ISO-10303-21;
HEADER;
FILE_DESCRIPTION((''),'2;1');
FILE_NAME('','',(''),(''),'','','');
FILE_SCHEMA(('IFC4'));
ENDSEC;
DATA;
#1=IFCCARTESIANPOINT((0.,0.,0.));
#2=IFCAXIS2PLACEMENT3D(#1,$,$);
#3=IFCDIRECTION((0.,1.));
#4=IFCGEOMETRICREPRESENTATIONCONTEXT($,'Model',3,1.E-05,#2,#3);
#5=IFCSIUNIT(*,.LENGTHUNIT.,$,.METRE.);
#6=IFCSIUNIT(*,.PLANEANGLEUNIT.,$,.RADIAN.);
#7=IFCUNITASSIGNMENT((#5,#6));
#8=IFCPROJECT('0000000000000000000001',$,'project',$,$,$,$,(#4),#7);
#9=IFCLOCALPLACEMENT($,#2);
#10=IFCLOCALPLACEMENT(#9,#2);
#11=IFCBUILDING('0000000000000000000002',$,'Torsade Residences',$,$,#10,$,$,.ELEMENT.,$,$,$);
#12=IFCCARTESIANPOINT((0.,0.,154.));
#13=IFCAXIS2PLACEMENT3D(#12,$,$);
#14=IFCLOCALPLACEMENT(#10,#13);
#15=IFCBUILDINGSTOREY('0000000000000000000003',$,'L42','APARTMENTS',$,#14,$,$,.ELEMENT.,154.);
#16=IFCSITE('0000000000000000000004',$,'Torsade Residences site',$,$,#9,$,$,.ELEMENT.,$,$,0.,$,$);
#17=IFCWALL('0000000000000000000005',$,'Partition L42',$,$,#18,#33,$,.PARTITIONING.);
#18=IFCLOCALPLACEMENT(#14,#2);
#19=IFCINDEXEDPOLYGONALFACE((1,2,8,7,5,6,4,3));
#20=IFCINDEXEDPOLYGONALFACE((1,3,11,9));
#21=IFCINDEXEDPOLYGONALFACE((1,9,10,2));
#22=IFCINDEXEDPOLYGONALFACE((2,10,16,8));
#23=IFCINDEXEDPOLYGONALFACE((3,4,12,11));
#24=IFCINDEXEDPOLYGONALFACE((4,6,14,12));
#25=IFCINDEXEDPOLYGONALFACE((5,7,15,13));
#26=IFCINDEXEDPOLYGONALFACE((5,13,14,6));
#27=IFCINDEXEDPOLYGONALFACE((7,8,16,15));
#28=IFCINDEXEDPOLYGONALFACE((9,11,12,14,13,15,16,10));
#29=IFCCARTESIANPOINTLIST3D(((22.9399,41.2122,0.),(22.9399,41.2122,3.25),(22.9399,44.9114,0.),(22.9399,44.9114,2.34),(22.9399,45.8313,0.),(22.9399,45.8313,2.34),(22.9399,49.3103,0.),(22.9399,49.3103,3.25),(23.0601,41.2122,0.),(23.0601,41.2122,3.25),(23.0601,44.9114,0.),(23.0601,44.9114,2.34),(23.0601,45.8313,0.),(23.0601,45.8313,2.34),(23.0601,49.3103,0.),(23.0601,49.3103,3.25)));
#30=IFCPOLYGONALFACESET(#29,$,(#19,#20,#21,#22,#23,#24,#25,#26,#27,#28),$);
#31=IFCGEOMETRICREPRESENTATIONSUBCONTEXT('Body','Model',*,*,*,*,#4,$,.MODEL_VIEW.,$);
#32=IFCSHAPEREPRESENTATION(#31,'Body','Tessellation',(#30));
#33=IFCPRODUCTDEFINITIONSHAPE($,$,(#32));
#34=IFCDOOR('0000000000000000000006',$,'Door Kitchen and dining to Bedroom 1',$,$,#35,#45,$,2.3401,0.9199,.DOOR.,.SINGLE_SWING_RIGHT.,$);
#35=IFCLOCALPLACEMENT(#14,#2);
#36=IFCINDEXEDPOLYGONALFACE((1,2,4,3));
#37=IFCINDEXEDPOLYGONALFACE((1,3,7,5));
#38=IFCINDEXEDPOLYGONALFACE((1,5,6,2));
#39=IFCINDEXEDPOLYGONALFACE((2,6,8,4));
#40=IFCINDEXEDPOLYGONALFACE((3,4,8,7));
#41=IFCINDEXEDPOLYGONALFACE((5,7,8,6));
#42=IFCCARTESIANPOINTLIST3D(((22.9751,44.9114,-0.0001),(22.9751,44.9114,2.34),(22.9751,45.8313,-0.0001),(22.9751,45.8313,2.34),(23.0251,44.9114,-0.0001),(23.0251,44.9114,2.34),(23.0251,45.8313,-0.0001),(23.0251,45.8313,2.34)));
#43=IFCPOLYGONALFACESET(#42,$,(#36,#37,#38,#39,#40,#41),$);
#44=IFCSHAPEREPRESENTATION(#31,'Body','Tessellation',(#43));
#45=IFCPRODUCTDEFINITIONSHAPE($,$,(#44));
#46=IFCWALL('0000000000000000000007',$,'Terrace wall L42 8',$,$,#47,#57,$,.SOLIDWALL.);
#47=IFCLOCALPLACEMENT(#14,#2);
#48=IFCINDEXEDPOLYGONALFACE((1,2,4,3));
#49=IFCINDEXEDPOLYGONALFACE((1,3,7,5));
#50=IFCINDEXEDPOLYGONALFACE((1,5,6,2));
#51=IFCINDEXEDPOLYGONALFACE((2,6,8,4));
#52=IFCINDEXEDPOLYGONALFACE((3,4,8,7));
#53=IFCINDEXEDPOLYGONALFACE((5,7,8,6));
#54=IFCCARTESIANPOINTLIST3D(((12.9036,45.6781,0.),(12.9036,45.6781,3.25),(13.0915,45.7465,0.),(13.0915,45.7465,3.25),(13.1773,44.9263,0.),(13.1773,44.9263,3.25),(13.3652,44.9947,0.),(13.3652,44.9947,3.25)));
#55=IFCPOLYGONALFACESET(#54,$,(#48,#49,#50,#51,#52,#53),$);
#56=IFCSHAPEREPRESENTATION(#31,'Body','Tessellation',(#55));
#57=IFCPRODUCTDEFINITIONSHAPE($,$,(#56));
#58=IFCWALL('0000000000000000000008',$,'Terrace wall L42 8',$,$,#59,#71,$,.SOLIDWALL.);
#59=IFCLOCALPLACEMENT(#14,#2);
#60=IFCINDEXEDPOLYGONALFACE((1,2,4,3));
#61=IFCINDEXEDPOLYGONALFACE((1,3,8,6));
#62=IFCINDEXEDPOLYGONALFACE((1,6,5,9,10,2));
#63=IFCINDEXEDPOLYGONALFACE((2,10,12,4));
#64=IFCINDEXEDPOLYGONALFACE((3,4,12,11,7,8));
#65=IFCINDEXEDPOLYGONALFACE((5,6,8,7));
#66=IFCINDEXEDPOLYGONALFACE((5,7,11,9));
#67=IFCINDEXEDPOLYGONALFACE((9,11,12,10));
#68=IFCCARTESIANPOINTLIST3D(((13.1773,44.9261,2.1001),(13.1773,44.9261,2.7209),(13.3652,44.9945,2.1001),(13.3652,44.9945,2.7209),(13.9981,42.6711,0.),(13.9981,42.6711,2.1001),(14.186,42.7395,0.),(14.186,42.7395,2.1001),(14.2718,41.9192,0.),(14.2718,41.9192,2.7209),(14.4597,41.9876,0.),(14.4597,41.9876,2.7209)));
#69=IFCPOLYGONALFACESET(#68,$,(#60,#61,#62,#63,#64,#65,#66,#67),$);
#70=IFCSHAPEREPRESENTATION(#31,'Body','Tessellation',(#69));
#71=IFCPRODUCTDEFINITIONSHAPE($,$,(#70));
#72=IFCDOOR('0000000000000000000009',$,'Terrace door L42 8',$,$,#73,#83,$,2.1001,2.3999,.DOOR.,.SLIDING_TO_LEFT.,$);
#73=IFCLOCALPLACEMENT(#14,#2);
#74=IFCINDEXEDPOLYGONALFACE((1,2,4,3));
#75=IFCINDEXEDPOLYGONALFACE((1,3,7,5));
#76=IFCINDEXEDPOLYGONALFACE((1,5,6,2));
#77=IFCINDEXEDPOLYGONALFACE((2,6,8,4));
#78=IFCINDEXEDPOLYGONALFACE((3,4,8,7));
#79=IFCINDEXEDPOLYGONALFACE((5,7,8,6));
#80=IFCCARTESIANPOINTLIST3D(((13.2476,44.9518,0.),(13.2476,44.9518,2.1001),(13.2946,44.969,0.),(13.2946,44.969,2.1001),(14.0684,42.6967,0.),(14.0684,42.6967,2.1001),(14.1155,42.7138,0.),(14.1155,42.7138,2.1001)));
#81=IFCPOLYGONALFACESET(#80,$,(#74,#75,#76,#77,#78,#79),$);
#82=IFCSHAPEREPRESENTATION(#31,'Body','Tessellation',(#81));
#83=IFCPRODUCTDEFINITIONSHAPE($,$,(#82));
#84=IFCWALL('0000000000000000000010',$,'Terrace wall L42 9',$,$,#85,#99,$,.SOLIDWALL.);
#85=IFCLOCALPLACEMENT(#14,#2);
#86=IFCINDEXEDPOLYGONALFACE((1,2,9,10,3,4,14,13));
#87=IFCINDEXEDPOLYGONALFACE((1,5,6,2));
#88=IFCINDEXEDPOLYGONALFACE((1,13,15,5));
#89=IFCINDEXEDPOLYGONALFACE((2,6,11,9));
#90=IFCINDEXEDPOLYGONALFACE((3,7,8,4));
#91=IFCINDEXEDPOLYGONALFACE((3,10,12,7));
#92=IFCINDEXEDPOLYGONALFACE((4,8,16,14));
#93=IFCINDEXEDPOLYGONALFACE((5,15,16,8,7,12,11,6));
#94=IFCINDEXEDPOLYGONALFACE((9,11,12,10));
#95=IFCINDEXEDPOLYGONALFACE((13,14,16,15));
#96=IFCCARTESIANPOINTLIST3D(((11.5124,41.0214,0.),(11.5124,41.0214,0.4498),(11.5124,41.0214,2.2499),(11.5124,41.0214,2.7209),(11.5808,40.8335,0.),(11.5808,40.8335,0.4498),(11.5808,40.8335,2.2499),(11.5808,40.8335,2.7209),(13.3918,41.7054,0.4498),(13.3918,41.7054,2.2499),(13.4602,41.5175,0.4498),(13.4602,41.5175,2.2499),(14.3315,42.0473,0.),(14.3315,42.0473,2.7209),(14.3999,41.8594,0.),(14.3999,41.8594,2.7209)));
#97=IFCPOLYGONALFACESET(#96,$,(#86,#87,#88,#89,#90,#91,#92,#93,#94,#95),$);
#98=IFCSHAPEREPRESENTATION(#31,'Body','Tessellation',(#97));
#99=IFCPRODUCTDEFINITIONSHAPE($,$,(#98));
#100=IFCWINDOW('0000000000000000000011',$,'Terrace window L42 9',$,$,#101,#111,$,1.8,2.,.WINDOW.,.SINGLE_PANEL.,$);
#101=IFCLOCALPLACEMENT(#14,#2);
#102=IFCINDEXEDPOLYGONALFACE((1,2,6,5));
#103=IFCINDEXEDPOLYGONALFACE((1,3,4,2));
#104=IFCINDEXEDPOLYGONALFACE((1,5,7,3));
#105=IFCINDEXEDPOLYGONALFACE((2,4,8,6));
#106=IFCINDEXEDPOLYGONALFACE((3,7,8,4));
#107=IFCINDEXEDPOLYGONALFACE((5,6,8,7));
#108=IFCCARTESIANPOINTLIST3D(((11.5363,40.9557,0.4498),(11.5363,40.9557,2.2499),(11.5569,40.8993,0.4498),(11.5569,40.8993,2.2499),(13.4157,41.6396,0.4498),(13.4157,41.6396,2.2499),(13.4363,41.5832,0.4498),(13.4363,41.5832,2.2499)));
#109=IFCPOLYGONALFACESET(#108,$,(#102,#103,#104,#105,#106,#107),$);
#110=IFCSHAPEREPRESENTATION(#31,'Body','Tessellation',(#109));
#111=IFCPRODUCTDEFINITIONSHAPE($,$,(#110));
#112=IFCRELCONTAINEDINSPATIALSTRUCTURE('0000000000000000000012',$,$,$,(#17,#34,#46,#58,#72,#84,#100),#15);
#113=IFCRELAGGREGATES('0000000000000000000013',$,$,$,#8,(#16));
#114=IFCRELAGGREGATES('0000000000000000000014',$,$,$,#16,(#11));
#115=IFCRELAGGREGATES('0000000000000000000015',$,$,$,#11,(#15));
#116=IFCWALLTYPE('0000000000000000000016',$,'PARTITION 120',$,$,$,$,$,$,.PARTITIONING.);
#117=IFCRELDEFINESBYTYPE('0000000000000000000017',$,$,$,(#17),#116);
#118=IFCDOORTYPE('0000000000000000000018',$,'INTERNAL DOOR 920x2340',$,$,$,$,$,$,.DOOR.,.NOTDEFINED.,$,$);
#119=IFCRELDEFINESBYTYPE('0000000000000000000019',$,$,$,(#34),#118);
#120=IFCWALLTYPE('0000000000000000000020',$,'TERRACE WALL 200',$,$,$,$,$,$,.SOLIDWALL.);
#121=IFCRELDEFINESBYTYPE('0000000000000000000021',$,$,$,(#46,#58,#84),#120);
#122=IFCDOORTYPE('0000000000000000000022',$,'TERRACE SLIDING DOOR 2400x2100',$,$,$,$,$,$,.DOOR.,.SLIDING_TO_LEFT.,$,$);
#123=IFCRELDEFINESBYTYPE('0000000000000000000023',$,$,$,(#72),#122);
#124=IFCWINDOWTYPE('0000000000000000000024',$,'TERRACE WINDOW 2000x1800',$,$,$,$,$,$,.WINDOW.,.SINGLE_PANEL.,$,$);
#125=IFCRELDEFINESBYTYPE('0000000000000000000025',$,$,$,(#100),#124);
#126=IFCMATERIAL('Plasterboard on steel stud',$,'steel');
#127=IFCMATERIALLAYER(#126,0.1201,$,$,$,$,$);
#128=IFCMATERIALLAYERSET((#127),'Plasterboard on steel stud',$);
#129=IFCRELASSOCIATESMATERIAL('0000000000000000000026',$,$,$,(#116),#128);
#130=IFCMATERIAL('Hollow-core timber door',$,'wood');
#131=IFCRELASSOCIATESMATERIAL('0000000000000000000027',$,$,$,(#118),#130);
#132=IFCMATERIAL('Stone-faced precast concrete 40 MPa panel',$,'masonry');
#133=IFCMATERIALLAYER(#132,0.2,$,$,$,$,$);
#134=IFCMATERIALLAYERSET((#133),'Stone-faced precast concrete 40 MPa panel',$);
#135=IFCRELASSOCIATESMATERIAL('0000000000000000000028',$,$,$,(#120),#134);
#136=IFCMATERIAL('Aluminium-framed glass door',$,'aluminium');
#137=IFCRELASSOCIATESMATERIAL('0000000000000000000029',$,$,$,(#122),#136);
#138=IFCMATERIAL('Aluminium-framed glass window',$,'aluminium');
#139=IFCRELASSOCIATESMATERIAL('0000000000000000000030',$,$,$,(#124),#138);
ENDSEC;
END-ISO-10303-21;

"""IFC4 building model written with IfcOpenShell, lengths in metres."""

from ifc_helpers import new_model, si_unit, direction, frame, frame_2d, origin, place, context, subcontext, project, spatial, rectangle, extrude, material, layer, layer_set, type_object, element, fill, save


model = new_model("IFC4")

# Units and contexts
model_context = context("Model", 3, precision=1e-05, world=origin(), true_north=direction((0.0, 1.0)))
body_context = subcontext(model_context, "Body", "Model", "MODEL_VIEW")
ifc_project = project(units=[si_unit("LENGTHUNIT", "METRE"), si_unit("PLANEANGLEUNIT", "RADIAN")], contexts=[model_context])

# Site, building, storey
site_placement = place(None, origin())
site = spatial("IfcSite", under=ifc_project, at=site_placement, Name="Torsade Residences site", CompositionType="ELEMENT", RefElevation=0.0)
building_placement = place(site_placement, origin())
building = spatial("IfcBuilding", under=site, at=building_placement, Name="Torsade Residences", CompositionType="ELEMENT")
storey_placement = place(building_placement, frame((0.0, 0.0, 154.0)))
storey = spatial("IfcBuildingStorey", under=building, at=storey_placement, Name="L42", Description="APARTMENTS", CompositionType="ELEMENT", Elevation=154.0)

# Shared definitions
ifc_material_1 = material(Name="Plasterboard on steel stud", Category="steel")
ifc_layer_1 = layer(ifc_material_1, 0.1201)
ifc_layer_set_1 = layer_set([ifc_layer_1], Name="Plasterboard on steel stud")
wall_type_1 = type_object("IfcWallType", Name="PARTITION 120", PredefinedType="PARTITIONING", material=ifc_layer_set_1)

# Wall, opening, door
ifc_material_2 = material(Name="Hollow-core timber door", Category="wood")
door_type_1 = type_object("IfcDoorType", Name="INTERNAL DOOR 920x2340", OperationType="NOTDEFINED", PredefinedType="DOOR", material=ifc_material_2)
wall_1_placement = place(storey_placement, frame((23.0, 41.2122, 0.0), z_axis=(0.0, 0.0, 1.0), x_axis=(0.0, 1.0, 0.0)))
wall_1 = element("IfcWall", 1, at=wall_1_placement, inside=storey, type_object=wall_type_1, Name="Partition L42", PredefinedType="PARTITIONING", context=body_context, shape_type="SweptSolid", body=[
    extrude(rectangle(XDim=8.0981, YDim=0.1201, at=frame_2d((4.0491, 0.0))), origin(), (0.0, 0.0, 1.0), 3.25),
])
opening_1_placement = place(wall_1_placement, frame((3.6992, 0.0, 0.0)))
opening_1 = element("IfcOpeningElement", 2, at=opening_1_placement, cuts=wall_1, PredefinedType="OPENING", context=body_context, shape_type="SweptSolid", body=[
    extrude(rectangle(XDim=0.9199, YDim=2.3401, at=frame_2d((0.46, 1.1699))), frame((0.0, 0.0701, 0.0), z_axis=(0.0, -1.0, 0.0), x_axis=(1.0, 0.0, 0.0)), (0.0, 0.0, 1.0), 0.1401),
])
door_1_placement = place(opening_1_placement, origin())
door_1 = element("IfcDoor", 3, at=door_1_placement, inside=storey, type_object=door_type_1, Name="Door Kitchen and dining to Bedroom 1", OperationType="SINGLE_SWING_RIGHT", OverallHeight=2.3401, OverallWidth=0.9199, PredefinedType="DOOR", context=body_context, shape_type="SweptSolid", body=[
    extrude(rectangle(XDim=0.9199, YDim=2.3401, at=frame_2d((0.46, 1.1699))), frame((0.0, 0.0249, 0.0), z_axis=(0.0, -1.0, 0.0), x_axis=(1.0, 0.0, 0.0)), (0.0, 0.0, 1.0), 0.05),
])
fill(opening_1, door_1)

# Wall
ifc_material_3 = material(Name="Stone-faced precast concrete 40 MPa panel", Category="masonry")
ifc_layer_2 = layer(ifc_material_3, 0.2)
ifc_layer_set_2 = layer_set([ifc_layer_2], Name="Stone-faced precast concrete 40 MPa panel")
wall_type_2 = type_object("IfcWallType", Name="TERRACE WALL 200", PredefinedType="SOLIDWALL", material=ifc_layer_set_2)
wall_2_placement = place(storey_placement, frame((12.9976, 45.7122, 0.0), z_axis=(0.0, 0.0, 1.0), x_axis=(0.342111, -0.93966, 0.0)))
element("IfcWall", 4, at=wall_2_placement, inside=storey, type_object=wall_type_2, Name="Terrace wall L42 8", PredefinedType="SOLIDWALL", context=body_context, shape_type="SweptSolid", body=[
    extrude(rectangle(XDim=0.8, YDim=0.2, at=frame_2d((0.3999, 0.0))), origin(), (0.0, 0.0, 1.0), 3.25),
])

# Wall, opening, door
wall_3_placement = place(storey_placement, frame((13.2712, 44.9604, 0.0), z_axis=(0.0, 0.0, 1.0), x_axis=(0.342019, -0.939693, 0.0)))
wall_3 = element("IfcWall", 5, at=wall_3_placement, inside=storey, type_object=wall_type_2, Name="Terrace wall L42 8", PredefinedType="SOLIDWALL", context=body_context, shape_type="SweptSolid", body=[
    extrude(rectangle(XDim=3.2, YDim=0.2, at=frame_2d((1.6001, 0.0))), origin(), (0.0, 0.0, 1.0), 2.7209),
])
opening_2_placement = place(wall_3_placement, origin())
opening_2 = element("IfcOpeningElement", 6, at=opening_2_placement, cuts=wall_3, PredefinedType="OPENING", context=body_context, shape_type="SweptSolid", body=[
    extrude(rectangle(XDim=2.3999, YDim=2.1001, at=frame_2d((1.2, 1.05))), frame((0.0, 0.1099, 0.0), z_axis=(0.0, -1.0, 0.0), x_axis=(1.0, 0.0, 0.0)), (0.0, 0.0, 1.0), 0.22),
])
ifc_material_4 = material(Name="Aluminium-framed glass door", Category="aluminium")
door_type_2 = type_object("IfcDoorType", Name="TERRACE SLIDING DOOR 2400x2100", OperationType="SLIDING_TO_LEFT", PredefinedType="DOOR", material=ifc_material_4)
door_2_placement = place(opening_2_placement, origin())
door_2 = element("IfcDoor", 7, at=door_2_placement, inside=storey, type_object=door_type_2, Name="Terrace door L42 8", OperationType="SLIDING_TO_LEFT", OverallHeight=2.1001, OverallWidth=2.3999, PredefinedType="DOOR", context=body_context, shape_type="SweptSolid", body=[
    extrude(rectangle(XDim=2.3999, YDim=2.1001, at=frame_2d((1.2, 1.05))), frame((0.0, 0.0249, 0.0), z_axis=(0.0, -1.0, 0.0), x_axis=(1.0, 0.0, 0.0)), (0.0, 0.0, 1.0), 0.05),
])
fill(opening_2, door_2)

# Wall, opening, window
wall_4_placement = place(storey_placement, frame((14.3657, 41.9534, 0.0), z_axis=(0.0, 0.0, 1.0), x_axis=(-0.939713, -0.341965, 0.0)))
wall_4 = element("IfcWall", 8, at=wall_4_placement, inside=storey, type_object=wall_type_2, Name="Terrace wall L42 9", PredefinedType="SOLIDWALL", context=body_context, shape_type="SweptSolid", body=[
    extrude(rectangle(XDim=3.0, YDim=0.2, at=frame_2d((1.5, 0.0))), origin(), (0.0, 0.0, 1.0), 2.7209),
])
opening_3_placement = place(wall_4_placement, frame((1.0, 0.0, 0.45)))
opening_3 = element("IfcOpeningElement", 9, at=opening_3_placement, cuts=wall_4, PredefinedType="OPENING", context=body_context, shape_type="SweptSolid", body=[
    extrude(rectangle(XDim=2.0, YDim=1.8, at=frame_2d((1.0, 0.8999))), frame((0.0, 0.1099, 0.0), z_axis=(0.0, -1.0, 0.0), x_axis=(1.0, 0.0, 0.0)), (0.0, 0.0, 1.0), 0.22),
])
ifc_material_5 = material(Name="Aluminium-framed glass window", Category="aluminium")
window_type = type_object("IfcWindowType", Name="TERRACE WINDOW 2000x1800", PartitioningType="SINGLE_PANEL", PredefinedType="WINDOW", material=ifc_material_5)
window_placement = place(opening_3_placement, origin())
window = element("IfcWindow", 10, at=window_placement, inside=storey, type_object=window_type, Name="Terrace window L42 9", OverallHeight=1.8, OverallWidth=2.0, PartitioningType="SINGLE_PANEL", PredefinedType="WINDOW", context=body_context, shape_type="SweptSolid", body=[
    extrude(rectangle(XDim=2.0, YDim=1.8, at=frame_2d((1.0, 0.8999))), frame((0.0, 0.03, 0.0), z_axis=(0.0, -1.0, 0.0), x_axis=(1.0, 0.0, 0.0)), (0.0, 0.0, 1.0), 0.0601),
])
fill(opening_3, window)

save(model, "model.ifc")
